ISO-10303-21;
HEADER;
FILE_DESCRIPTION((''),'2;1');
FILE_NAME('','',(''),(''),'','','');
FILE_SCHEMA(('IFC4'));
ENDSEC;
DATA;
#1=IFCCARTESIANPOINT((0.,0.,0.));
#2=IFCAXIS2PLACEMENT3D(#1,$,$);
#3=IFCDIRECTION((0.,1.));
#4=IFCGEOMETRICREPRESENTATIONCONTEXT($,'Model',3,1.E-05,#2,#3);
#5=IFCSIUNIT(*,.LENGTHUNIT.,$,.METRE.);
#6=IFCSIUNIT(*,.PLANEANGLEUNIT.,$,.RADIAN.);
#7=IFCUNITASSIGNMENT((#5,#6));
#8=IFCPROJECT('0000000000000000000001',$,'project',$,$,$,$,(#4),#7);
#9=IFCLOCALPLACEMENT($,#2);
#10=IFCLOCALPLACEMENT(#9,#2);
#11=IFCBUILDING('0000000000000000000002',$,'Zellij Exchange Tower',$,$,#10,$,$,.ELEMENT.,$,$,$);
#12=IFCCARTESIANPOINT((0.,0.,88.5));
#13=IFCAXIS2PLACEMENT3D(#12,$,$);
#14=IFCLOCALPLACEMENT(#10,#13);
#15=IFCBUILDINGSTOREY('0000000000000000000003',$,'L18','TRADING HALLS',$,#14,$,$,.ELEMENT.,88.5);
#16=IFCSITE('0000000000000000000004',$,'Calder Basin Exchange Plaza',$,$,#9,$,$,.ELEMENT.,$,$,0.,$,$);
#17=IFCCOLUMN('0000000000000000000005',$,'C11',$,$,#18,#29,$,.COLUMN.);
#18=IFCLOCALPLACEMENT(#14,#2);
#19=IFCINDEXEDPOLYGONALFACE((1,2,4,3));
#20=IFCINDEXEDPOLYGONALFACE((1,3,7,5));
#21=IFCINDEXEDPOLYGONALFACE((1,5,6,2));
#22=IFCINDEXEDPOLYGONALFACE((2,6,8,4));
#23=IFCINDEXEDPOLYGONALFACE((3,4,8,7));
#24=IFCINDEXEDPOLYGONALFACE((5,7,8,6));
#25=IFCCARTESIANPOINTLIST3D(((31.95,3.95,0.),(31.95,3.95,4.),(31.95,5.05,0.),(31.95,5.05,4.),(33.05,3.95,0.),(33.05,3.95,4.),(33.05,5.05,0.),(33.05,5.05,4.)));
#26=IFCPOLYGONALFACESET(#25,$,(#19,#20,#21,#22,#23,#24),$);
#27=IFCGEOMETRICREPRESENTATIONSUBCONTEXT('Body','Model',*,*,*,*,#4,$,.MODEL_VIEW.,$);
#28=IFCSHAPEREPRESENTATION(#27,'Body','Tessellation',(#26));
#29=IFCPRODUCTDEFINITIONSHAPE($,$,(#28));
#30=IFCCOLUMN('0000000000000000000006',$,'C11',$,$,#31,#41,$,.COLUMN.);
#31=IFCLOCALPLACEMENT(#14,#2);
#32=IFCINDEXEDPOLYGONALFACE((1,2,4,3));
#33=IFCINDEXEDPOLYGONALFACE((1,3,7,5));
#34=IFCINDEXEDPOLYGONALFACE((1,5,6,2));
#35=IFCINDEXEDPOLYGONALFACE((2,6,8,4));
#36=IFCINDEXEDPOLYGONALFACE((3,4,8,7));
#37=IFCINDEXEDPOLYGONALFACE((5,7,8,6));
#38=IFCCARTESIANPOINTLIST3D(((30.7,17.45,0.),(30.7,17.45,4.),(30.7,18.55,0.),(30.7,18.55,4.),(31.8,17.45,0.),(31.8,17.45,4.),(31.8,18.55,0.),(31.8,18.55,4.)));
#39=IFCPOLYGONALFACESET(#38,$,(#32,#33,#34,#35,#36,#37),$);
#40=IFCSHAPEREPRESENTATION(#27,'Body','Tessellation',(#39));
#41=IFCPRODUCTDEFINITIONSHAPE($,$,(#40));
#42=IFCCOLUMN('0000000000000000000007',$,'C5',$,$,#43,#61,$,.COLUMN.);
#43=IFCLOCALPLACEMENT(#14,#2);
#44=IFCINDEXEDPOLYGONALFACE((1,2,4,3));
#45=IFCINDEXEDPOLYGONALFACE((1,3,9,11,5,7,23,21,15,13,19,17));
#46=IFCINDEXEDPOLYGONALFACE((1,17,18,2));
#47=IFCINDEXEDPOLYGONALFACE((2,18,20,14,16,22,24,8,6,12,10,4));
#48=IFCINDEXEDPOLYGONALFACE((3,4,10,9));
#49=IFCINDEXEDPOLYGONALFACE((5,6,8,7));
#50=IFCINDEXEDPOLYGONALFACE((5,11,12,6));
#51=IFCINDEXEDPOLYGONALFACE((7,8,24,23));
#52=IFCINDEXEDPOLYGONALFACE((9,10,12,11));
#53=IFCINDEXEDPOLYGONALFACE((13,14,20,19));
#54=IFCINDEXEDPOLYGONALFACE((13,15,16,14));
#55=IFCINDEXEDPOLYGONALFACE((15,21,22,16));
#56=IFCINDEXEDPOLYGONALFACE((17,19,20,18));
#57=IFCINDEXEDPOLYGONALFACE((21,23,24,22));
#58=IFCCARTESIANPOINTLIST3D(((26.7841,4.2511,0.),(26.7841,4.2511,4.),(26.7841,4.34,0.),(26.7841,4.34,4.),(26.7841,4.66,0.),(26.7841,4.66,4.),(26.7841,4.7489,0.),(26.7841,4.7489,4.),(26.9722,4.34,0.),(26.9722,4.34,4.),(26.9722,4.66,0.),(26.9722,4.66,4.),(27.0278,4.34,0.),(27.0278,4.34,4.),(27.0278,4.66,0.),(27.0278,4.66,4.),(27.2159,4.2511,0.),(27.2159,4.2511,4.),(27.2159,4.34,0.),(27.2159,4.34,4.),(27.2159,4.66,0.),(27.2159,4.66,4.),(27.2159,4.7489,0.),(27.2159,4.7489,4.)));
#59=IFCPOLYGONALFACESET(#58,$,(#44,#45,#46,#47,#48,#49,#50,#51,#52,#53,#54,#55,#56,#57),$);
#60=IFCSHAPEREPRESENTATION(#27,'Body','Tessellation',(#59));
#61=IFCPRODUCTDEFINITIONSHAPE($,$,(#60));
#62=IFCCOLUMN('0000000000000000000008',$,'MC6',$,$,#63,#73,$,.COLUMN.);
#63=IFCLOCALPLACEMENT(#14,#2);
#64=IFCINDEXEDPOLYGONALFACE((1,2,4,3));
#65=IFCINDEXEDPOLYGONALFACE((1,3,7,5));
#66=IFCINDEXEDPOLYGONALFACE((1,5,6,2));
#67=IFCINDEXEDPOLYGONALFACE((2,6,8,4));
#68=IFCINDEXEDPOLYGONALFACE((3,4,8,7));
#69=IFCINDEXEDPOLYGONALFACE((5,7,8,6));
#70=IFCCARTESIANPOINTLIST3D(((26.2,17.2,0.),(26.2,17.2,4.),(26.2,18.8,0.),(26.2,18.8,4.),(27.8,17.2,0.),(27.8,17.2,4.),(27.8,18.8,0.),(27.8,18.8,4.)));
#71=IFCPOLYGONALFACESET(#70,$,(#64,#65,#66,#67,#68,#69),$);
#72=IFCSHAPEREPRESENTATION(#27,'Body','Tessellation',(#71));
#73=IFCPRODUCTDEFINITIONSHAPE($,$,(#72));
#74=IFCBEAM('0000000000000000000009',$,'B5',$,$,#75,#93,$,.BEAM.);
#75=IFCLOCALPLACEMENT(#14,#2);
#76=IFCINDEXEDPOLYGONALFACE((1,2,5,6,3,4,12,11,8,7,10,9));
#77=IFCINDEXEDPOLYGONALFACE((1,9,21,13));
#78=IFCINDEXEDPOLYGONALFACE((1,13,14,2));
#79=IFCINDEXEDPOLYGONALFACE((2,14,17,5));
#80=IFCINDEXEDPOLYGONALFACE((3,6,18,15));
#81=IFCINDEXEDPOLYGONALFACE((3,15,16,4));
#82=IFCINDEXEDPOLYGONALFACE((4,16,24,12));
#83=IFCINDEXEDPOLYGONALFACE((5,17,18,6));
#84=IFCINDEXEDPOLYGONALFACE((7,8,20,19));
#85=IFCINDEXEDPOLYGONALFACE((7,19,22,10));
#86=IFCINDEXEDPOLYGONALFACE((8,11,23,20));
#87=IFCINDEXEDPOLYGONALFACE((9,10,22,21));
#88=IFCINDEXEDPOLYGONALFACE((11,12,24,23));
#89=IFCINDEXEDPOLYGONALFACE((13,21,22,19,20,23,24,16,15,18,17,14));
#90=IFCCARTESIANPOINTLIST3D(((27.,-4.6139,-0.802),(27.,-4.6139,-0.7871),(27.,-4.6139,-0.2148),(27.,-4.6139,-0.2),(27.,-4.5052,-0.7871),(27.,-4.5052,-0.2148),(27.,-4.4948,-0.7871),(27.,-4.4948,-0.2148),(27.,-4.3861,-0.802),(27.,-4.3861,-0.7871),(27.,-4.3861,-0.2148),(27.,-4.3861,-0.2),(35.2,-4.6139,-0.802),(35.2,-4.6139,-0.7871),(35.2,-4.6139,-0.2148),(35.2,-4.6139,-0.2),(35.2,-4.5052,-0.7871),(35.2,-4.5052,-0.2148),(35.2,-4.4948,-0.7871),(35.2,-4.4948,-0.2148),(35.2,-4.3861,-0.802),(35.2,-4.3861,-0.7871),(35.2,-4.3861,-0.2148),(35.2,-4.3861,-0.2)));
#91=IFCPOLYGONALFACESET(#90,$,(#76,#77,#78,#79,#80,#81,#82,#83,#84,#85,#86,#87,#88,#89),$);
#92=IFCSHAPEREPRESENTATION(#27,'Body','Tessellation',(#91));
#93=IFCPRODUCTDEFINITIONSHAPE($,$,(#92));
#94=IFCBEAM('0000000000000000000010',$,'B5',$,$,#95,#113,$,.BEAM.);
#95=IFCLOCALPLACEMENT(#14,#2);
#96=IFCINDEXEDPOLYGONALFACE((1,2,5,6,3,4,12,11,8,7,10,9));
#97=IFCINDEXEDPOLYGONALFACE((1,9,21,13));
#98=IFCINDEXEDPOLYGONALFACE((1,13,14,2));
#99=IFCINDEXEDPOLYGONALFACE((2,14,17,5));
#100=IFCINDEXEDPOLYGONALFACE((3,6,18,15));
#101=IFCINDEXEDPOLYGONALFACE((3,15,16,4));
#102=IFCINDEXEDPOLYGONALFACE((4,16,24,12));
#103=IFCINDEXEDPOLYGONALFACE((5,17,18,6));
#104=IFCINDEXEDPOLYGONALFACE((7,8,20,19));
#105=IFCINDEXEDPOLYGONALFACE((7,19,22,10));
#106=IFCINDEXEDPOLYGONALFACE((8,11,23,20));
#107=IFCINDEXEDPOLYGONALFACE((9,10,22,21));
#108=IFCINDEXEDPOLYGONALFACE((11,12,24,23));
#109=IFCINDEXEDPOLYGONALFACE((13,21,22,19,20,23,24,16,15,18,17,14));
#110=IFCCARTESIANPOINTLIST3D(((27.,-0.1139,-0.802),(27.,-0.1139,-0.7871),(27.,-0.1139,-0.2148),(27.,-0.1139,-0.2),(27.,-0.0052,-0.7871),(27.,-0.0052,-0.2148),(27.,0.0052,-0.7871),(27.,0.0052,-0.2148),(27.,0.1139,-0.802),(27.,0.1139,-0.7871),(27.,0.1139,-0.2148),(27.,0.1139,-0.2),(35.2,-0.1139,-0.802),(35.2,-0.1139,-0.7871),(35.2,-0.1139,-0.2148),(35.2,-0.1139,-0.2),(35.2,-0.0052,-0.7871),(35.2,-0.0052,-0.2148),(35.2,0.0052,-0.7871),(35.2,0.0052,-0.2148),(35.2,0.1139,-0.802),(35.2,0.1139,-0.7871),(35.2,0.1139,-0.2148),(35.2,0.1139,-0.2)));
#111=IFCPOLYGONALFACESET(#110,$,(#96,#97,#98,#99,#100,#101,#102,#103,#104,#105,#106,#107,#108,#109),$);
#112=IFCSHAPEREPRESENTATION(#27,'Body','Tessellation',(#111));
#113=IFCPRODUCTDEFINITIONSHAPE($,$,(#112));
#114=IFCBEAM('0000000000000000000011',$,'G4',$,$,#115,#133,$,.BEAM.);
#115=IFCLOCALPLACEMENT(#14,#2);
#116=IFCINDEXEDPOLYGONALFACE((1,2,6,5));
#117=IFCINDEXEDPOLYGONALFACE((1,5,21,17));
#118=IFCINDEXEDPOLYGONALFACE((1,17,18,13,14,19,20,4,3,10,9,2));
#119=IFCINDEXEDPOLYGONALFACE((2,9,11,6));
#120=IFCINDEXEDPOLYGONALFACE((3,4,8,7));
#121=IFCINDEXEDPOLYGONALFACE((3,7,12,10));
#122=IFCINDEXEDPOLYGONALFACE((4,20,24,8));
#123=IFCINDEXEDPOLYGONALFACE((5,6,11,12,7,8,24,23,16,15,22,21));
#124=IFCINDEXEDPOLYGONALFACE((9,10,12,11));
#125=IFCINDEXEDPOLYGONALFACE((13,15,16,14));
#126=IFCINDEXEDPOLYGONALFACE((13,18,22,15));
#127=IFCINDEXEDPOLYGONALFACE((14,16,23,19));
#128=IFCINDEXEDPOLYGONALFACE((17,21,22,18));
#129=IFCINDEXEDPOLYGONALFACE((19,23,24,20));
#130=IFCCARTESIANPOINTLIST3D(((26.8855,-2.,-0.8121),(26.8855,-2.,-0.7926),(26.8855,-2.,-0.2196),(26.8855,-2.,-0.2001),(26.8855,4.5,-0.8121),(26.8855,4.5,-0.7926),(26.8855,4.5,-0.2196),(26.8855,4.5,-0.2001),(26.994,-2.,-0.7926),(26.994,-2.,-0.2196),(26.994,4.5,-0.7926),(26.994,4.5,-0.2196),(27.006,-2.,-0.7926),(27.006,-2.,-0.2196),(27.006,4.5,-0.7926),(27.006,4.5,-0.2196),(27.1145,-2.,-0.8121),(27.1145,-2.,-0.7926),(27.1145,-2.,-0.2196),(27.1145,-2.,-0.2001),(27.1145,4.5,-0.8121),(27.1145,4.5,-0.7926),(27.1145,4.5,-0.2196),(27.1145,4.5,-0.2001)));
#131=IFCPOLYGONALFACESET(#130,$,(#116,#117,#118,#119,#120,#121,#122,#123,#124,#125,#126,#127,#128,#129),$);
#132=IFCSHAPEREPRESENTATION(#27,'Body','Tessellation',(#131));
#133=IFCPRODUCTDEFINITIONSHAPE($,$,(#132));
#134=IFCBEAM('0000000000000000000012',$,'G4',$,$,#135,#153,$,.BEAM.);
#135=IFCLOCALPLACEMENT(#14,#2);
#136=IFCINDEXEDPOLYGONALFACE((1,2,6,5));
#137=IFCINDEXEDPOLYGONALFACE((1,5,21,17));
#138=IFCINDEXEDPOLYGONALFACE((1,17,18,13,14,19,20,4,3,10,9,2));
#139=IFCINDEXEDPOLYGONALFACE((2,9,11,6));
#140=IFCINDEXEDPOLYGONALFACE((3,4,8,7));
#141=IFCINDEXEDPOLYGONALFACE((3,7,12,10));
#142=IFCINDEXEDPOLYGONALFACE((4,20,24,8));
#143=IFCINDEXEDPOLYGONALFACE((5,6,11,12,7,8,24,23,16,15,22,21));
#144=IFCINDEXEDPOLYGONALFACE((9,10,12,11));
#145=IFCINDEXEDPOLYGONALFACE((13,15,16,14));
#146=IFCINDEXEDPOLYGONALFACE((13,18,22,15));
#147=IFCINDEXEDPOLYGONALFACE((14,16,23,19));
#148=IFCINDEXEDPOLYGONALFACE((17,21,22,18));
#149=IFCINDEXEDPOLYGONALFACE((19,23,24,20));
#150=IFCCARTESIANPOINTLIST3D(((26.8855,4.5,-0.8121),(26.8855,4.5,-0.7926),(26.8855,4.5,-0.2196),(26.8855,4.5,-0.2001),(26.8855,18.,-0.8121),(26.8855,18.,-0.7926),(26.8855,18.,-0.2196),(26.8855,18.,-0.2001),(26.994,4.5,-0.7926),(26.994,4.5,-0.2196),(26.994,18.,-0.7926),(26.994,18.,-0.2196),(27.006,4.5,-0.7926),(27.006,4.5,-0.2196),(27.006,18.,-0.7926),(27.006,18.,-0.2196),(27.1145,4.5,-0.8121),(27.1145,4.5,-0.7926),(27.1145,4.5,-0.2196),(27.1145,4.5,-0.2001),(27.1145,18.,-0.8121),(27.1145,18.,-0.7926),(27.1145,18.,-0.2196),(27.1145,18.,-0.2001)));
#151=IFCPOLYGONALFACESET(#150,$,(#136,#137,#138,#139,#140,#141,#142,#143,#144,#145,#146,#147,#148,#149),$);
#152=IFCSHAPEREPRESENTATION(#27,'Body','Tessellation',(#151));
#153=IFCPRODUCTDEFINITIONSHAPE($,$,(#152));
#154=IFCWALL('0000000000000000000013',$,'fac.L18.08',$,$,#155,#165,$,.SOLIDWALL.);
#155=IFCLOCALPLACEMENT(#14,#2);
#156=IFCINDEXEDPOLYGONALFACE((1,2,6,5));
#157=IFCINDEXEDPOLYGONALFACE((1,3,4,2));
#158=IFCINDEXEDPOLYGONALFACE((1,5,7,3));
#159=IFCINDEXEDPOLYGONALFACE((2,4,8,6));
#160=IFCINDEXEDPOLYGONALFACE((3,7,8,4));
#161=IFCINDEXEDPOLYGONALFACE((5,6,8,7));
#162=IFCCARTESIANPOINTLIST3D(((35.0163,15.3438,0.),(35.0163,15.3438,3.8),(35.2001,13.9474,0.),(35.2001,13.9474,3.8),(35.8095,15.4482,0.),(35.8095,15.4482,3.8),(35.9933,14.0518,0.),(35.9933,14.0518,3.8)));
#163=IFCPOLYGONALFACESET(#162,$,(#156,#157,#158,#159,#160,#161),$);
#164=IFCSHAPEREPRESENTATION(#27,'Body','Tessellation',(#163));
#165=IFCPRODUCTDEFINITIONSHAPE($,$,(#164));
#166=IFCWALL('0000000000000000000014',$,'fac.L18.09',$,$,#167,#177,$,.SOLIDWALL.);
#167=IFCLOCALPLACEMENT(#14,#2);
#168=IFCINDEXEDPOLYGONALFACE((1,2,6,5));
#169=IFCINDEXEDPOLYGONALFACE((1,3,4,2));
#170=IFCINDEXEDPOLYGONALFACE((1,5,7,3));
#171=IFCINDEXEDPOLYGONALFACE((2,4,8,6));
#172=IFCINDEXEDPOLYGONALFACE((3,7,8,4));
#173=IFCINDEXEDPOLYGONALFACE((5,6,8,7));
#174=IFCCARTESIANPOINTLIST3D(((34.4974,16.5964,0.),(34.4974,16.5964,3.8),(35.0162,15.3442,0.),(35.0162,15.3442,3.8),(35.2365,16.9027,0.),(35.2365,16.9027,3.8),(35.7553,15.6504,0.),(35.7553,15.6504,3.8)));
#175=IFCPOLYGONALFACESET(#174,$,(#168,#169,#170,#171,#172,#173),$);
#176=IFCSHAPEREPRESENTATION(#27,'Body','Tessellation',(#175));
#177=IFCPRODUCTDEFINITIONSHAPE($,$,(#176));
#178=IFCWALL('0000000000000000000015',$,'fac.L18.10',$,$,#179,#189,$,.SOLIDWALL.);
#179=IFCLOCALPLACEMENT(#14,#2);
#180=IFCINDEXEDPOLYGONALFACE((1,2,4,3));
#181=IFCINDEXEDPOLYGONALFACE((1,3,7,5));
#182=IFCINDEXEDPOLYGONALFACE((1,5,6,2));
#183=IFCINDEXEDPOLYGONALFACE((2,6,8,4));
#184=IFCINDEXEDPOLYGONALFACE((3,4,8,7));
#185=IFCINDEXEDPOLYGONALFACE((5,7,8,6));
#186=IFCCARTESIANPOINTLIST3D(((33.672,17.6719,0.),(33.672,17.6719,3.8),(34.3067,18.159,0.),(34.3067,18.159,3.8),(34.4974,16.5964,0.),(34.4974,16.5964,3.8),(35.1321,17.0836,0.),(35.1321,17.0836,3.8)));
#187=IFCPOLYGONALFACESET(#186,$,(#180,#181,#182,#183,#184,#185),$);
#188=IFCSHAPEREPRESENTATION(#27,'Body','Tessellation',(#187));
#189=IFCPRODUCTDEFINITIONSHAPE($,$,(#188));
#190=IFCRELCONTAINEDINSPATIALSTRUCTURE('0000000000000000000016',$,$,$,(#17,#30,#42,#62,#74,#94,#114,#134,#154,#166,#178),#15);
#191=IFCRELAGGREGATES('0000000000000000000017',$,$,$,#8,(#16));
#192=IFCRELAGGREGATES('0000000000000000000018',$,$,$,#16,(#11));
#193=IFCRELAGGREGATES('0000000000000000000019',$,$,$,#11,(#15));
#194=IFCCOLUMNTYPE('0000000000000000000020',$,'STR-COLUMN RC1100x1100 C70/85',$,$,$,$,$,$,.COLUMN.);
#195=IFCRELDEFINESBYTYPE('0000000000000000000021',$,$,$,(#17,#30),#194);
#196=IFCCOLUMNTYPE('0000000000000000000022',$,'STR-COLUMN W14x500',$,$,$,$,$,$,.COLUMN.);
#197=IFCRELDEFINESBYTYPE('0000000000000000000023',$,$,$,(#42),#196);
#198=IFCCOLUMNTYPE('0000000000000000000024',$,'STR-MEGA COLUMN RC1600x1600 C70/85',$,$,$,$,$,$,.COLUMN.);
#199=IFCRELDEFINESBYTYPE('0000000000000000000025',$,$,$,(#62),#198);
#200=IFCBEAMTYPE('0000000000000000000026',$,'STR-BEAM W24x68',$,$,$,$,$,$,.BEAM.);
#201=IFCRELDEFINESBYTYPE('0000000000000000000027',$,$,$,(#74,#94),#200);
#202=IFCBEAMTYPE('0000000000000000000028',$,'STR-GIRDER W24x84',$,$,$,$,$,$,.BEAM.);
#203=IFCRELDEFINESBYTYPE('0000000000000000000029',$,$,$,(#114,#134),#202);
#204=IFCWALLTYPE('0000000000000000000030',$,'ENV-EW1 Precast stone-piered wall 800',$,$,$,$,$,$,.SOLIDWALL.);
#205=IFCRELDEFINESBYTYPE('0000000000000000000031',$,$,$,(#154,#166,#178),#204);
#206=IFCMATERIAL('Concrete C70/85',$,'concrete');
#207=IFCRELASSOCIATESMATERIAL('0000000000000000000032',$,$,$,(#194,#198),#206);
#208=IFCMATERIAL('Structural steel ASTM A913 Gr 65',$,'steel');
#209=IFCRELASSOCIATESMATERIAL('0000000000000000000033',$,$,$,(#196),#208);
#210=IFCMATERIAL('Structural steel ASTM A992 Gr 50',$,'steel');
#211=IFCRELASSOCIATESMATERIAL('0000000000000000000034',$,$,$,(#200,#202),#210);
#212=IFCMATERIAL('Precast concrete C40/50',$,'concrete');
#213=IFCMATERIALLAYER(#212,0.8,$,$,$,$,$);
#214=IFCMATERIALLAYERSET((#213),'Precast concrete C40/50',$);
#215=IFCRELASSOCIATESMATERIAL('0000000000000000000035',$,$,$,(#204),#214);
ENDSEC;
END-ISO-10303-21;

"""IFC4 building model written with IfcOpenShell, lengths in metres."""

from ifc_helpers import new_model, si_unit, direction, frame, frame_2d, origin, origin_2d, place, context, subcontext, project, spatial, rectangle, i_section, extrude, material, layer, layer_set, material_profile, profile_set, type_object, element, save


model = new_model("IFC4")

# Units and contexts
model_context = context("Model", 3, precision=1e-05, world=origin(), true_north=direction((0.0, 1.0)))
body_context = subcontext(model_context, "Body", "Model", "MODEL_VIEW")
ifc_project = project(units=[si_unit("LENGTHUNIT", "METRE"), si_unit("PLANEANGLEUNIT", "RADIAN")], contexts=[model_context])

# Site, building, storey
site_placement = place(None, origin())
site = spatial("IfcSite", under=ifc_project, at=site_placement, Name="Calder Basin Exchange Plaza", CompositionType="ELEMENT", RefElevation=0.0)
building_placement = place(site_placement, origin())
building = spatial("IfcBuilding", under=site, at=building_placement, Name="Zellij Exchange Tower", CompositionType="ELEMENT")
storey_placement = place(building_placement, frame((0.0, 0.0, 88.5)))
storey = spatial("IfcBuildingStorey", under=building, at=storey_placement, Name="L18", Description="TRADING HALLS", CompositionType="ELEMENT", Elevation=88.5)

# Columns
ifc_material_1 = material(Name="Concrete C70/85", Category="concrete")
ifc_material_profile_1 = material_profile(ifc_material_1, rectangle(XDim=1.1001, YDim=1.1001, at=origin_2d()), Name="STR-COLUMN RC1100x1100 C70/85")
ifc_profile_set_1 = profile_set([ifc_material_profile_1], Name="Concrete C70/85")
column_type_1 = type_object("IfcColumnType", Name="STR-COLUMN RC1100x1100 C70/85", PredefinedType="COLUMN", material=ifc_profile_set_1)
for number, where, z_axis, x_axis, name in (
    (1, (32.5, 4.5, 0.0), (0.0, 0.0, 1.0), (1.0, 0.0, 0.0), "C11"),
    (2, (31.25, 18.0, 0.0), (0.0, 0.0, 1.0), (1.0, 0.0, 0.0), "C11"),
):
    element("IfcColumn", number, at=place(storey_placement, frame(where, z_axis=z_axis, x_axis=x_axis)), inside=storey, type_object=column_type_1, Name=name, PredefinedType="COLUMN", context=body_context, shape_type="SweptSolid", body=[
        extrude(rectangle(XDim=1.1001, YDim=1.1001, at=origin_2d()), origin(), (0.0, 0.0, 1.0), 4.0),
    ])
ifc_material_2 = material(Name="Structural steel ASTM A913 Gr 65", Category="steel")
ifc_material_profile_2 = material_profile(ifc_material_2, i_section(OverallWidth=0.4319, OverallDepth=0.4978, WebThickness=0.0557, FlangeThickness=0.0889, at=origin_2d()), Name="W14x500")
ifc_profile_set_2 = profile_set([ifc_material_profile_2], Name="Structural steel ASTM A913 Gr 65")
column_type_2 = type_object("IfcColumnType", Name="STR-COLUMN W14x500", PredefinedType="COLUMN", material=ifc_profile_set_2)
column_1_placement = place(storey_placement, frame((27.0, 4.5, 0.0), z_axis=(0.0, 0.0, 1.0), x_axis=(1.0, 0.0, 0.0)))
element("IfcColumn", 3, at=column_1_placement, inside=storey, type_object=column_type_2, Name="C5", PredefinedType="COLUMN", context=body_context, shape_type="SweptSolid", body=[
    extrude(i_section(OverallWidth=0.4319, OverallDepth=0.4978, WebThickness=0.0557, FlangeThickness=0.0889, at=origin_2d()), origin(), (0.0, 0.0, 1.0), 4.0),
])
ifc_material_profile_3 = material_profile(ifc_material_1, rectangle(XDim=1.6001, YDim=1.6001, at=origin_2d()), Name="STR-MEGA COLUMN RC1600x1600 C70/85")
ifc_profile_set_3 = profile_set([ifc_material_profile_3], Name="Concrete C70/85")
column_type_3 = type_object("IfcColumnType", Name="STR-MEGA COLUMN RC1600x1600 C70/85", PredefinedType="COLUMN", material=ifc_profile_set_3)
column_2_placement = place(storey_placement, frame((27.0, 18.0, 0.0), z_axis=(0.0, 0.0, 1.0), x_axis=(1.0, 0.0, 0.0)))
element("IfcColumn", 4, at=column_2_placement, inside=storey, type_object=column_type_3, Name="MC6", PredefinedType="COLUMN", context=body_context, shape_type="SweptSolid", body=[
    extrude(rectangle(XDim=1.6001, YDim=1.6001, at=origin_2d()), origin(), (0.0, 0.0, 1.0), 4.0),
])

# Beams
ifc_material_3 = material(Name="Structural steel ASTM A992 Gr 50", Category="steel")
ifc_material_profile_4 = material_profile(ifc_material_3, i_section(OverallWidth=0.2278, OverallDepth=0.6021, WebThickness=0.0105, FlangeThickness=0.0149, at=origin_2d()), Name="W24x68")
ifc_profile_set_4 = profile_set([ifc_material_profile_4], Name="Structural steel ASTM A992 Gr 50")
beam_type_1 = type_object("IfcBeamType", Name="STR-BEAM W24x68", PredefinedType="BEAM", material=ifc_profile_set_4)
for number, where, z_axis, x_axis, name in (
    (5, (27.0, -4.5, -0.501), (1.0, 0.0, 0.0), (0.0, 1.0, 0.0), "B5"),
    (6, (27.0, 0.0, -0.501), (1.0, 0.0, 0.0), (0.0, 1.0, 0.0), "B5"),
):
    element("IfcBeam", number, at=place(storey_placement, frame(where, z_axis=z_axis, x_axis=x_axis)), inside=storey, type_object=beam_type_1, Name=name, PredefinedType="BEAM", context=body_context, shape_type="SweptSolid", body=[
        extrude(i_section(OverallWidth=0.2278, OverallDepth=0.6021, WebThickness=0.0105, FlangeThickness=0.0149, at=origin_2d()), origin(), (0.0, 0.0, 1.0), 8.2),
    ])
ifc_material_profile_5 = material_profile(ifc_material_3, i_section(OverallWidth=0.229, OverallDepth=0.6121, WebThickness=0.012, FlangeThickness=0.0195, at=origin_2d()), Name="W24x84")
ifc_profile_set_5 = profile_set([ifc_material_profile_5], Name="Structural steel ASTM A992 Gr 50")
beam_type_2 = type_object("IfcBeamType", Name="STR-GIRDER W24x84", PredefinedType="BEAM", material=ifc_profile_set_5)
beam_1_placement = place(storey_placement, frame((27.0, -2.0, -0.5061), z_axis=(0.0, 1.0, 0.0), x_axis=(-1.0, 0.0, 0.0)))
element("IfcBeam", 7, at=beam_1_placement, inside=storey, type_object=beam_type_2, Name="G4", PredefinedType="BEAM", context=body_context, shape_type="SweptSolid", body=[
    extrude(i_section(OverallWidth=0.229, OverallDepth=0.6121, WebThickness=0.012, FlangeThickness=0.0195, at=origin_2d()), origin(), (0.0, 0.0, 1.0), 6.5),
])
beam_2_placement = place(storey_placement, frame((27.0, 4.5, -0.5061), z_axis=(0.0, 1.0, 0.0), x_axis=(-1.0, 0.0, 0.0)))
element("IfcBeam", 8, at=beam_2_placement, inside=storey, type_object=beam_type_2, Name="G4", PredefinedType="BEAM", context=body_context, shape_type="SweptSolid", body=[
    extrude(i_section(OverallWidth=0.229, OverallDepth=0.6121, WebThickness=0.012, FlangeThickness=0.0195, at=origin_2d()), origin(), (0.0, 0.0, 1.0), 13.5),
])

# Walls
ifc_material_4 = material(Name="Precast concrete C40/50", Category="concrete")
ifc_layer_1 = layer(ifc_material_4, 0.8)
ifc_layer_set_1 = layer_set([ifc_layer_1], Name="Precast concrete C40/50")
wall_type_1 = type_object("IfcWallType", Name="ENV-EW1 Precast stone-piered wall 800", PredefinedType="SOLIDWALL", material=ifc_layer_set_1)
wall_1_placement = place(storey_placement, frame((35.5967, 13.9998, 0.0), z_axis=(0.0, 0.0, 1.0), x_axis=(-0.130517, 0.991446, 0.0)))
element("IfcWall", 9, at=wall_1_placement, inside=storey, type_object=wall_type_1, Name="fac.L18.08", PredefinedType="SOLIDWALL", context=body_context, shape_type="SweptSolid", body=[
    extrude(rectangle(XDim=1.4084, YDim=0.8, at=frame_2d((0.7041, 0.0))), origin(), (0.0, 0.0, 1.0), 3.8),
])
wall_2_placement = place(storey_placement, frame((35.3857, 15.4973, 0.0), z_axis=(0.0, 0.0, 1.0), x_axis=(-0.38276, 0.923848, 0.0)))
element("IfcWall", 10, at=wall_2_placement, inside=storey, type_object=wall_type_1, Name="fac.L18.09", PredefinedType="SOLIDWALL", context=body_context, shape_type="SweptSolid", body=[
    extrude(rectangle(XDim=1.3555, YDim=0.8, at=frame_2d((0.6777, 0.0))), origin(), (0.0, 0.0, 1.0), 3.8),
])
for number, where, z_axis, x_axis, name in (
    (11, (34.8147, 16.8401, 0.0), (0.0, 0.0, 1.0), (-0.608866, 0.793273, 0.0), "fac.L18.10"),
):
    element("IfcWall", number, at=place(storey_placement, frame(where, z_axis=z_axis, x_axis=x_axis)), inside=storey, type_object=wall_type_1, Name=name, PredefinedType="SOLIDWALL", context=body_context, shape_type="SweptSolid", body=[
        extrude(rectangle(XDim=1.3557, YDim=0.8, at=frame_2d((0.6777, 0.0))), origin(), (0.0, 0.0, 1.0), 3.8),
    ])

save(model, "model.ifc")
